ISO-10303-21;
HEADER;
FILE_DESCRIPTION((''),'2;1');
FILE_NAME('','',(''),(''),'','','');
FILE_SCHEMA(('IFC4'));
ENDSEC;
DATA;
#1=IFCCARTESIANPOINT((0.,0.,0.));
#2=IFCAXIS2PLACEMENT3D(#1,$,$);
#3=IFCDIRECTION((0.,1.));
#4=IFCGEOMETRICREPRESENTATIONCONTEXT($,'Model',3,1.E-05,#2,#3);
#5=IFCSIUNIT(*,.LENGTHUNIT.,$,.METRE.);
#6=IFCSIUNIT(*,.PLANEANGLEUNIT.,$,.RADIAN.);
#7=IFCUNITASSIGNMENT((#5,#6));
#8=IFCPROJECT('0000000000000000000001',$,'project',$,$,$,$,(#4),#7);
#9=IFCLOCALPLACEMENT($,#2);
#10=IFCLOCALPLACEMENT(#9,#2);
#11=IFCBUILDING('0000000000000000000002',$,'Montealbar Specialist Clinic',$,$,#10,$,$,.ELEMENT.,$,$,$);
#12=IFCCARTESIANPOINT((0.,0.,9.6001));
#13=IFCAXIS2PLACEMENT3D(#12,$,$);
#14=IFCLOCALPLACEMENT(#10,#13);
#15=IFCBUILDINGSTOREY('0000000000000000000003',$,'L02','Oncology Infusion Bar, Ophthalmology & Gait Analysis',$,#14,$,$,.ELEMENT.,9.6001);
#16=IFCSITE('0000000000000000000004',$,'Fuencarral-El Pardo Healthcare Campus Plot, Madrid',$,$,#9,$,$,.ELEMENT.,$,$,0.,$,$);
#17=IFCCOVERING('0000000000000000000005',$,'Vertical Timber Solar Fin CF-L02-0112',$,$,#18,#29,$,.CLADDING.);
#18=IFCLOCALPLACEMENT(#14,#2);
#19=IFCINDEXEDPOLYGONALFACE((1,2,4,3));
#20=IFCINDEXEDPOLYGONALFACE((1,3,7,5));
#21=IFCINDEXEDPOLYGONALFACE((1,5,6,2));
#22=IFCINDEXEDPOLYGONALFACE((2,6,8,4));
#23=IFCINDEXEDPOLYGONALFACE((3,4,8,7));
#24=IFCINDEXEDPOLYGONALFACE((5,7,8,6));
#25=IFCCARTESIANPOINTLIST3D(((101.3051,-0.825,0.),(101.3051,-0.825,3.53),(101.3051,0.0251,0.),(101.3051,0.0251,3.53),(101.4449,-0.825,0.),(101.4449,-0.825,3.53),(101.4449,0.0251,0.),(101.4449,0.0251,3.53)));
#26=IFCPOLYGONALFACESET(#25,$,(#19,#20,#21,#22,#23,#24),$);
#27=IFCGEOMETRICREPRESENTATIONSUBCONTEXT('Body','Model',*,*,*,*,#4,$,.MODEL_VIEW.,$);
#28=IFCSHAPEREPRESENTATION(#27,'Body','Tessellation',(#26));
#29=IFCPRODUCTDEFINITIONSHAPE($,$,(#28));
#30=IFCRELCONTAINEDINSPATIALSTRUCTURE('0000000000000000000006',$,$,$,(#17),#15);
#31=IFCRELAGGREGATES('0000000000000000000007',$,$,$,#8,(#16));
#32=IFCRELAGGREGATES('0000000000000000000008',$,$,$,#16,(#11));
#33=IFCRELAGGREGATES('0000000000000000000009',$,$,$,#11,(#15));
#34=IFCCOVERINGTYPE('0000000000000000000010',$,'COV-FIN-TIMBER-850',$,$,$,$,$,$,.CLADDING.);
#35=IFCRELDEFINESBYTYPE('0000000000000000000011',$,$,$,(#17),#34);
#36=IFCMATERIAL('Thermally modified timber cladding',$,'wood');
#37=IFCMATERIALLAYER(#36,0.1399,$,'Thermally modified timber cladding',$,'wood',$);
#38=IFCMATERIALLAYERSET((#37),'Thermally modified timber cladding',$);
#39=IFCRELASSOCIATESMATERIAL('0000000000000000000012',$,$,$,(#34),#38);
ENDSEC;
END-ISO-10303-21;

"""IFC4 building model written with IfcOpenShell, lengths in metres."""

from ifc_helpers import new_model, si_unit, direction, frame, origin, origin_2d, place, context, subcontext, project, spatial, rectangle, extrude, material, layer, layer_set, type_object, element, save


model = new_model("IFC4")

# Units and contexts
model_context = context("Model", 3, precision=1e-05, world=origin(), true_north=direction((0.0, 1.0)))
body_context = subcontext(model_context, "Body", "Model", "MODEL_VIEW")
ifc_project = project(units=[si_unit("LENGTHUNIT", "METRE"), si_unit("PLANEANGLEUNIT", "RADIAN")], contexts=[model_context])

# Site, building, storey
site_placement = place(None, origin())
site = spatial("IfcSite", under=ifc_project, at=site_placement, Name="Fuencarral-El Pardo Healthcare Campus Plot, Madrid", CompositionType="ELEMENT", RefElevation=0.0)
building_placement = place(site_placement, origin())
building = spatial("IfcBuilding", under=site, at=building_placement, Name="Montealbar Specialist Clinic", CompositionType="ELEMENT")
storey_placement = place(building_placement, frame((0.0, 0.0, 9.6001)))
storey = spatial("IfcBuildingStorey", under=building, at=storey_placement, Name="L02", Description="Oncology Infusion Bar, Ophthalmology & Gait Analysis", CompositionType="ELEMENT", Elevation=9.6001)

# Covering
ifc_material_1 = material(Name="Thermally modified timber cladding", Category="wood")
ifc_layer_1 = layer(ifc_material_1, 0.1399, Name="Thermally modified timber cladding", Category="wood")
ifc_layer_set_1 = layer_set([ifc_layer_1], Name="Thermally modified timber cladding")
covering_type = type_object("IfcCoveringType", Name="COV-FIN-TIMBER-850", PredefinedType="CLADDING", material=ifc_layer_set_1)
for number, where, z_axis, x_axis, name in (
    (1, (101.375, -0.3999, 0.0), (0.0, 0.0, 1.0), (0.0, -1.0, 0.0), "Vertical Timber Solar Fin CF-L02-0112"),
):
    element("IfcCovering", number, at=place(storey_placement, frame(where, z_axis=z_axis, x_axis=x_axis)), inside=storey, type_object=covering_type, Name=name, PredefinedType="CLADDING", context=body_context, shape_type="SweptSolid", body=[
        extrude(rectangle(XDim=0.8501, YDim=0.1399, at=origin_2d()), origin(), (0.0, 0.0, 1.0), 3.53),
    ])

save(model, "model.ifc")
